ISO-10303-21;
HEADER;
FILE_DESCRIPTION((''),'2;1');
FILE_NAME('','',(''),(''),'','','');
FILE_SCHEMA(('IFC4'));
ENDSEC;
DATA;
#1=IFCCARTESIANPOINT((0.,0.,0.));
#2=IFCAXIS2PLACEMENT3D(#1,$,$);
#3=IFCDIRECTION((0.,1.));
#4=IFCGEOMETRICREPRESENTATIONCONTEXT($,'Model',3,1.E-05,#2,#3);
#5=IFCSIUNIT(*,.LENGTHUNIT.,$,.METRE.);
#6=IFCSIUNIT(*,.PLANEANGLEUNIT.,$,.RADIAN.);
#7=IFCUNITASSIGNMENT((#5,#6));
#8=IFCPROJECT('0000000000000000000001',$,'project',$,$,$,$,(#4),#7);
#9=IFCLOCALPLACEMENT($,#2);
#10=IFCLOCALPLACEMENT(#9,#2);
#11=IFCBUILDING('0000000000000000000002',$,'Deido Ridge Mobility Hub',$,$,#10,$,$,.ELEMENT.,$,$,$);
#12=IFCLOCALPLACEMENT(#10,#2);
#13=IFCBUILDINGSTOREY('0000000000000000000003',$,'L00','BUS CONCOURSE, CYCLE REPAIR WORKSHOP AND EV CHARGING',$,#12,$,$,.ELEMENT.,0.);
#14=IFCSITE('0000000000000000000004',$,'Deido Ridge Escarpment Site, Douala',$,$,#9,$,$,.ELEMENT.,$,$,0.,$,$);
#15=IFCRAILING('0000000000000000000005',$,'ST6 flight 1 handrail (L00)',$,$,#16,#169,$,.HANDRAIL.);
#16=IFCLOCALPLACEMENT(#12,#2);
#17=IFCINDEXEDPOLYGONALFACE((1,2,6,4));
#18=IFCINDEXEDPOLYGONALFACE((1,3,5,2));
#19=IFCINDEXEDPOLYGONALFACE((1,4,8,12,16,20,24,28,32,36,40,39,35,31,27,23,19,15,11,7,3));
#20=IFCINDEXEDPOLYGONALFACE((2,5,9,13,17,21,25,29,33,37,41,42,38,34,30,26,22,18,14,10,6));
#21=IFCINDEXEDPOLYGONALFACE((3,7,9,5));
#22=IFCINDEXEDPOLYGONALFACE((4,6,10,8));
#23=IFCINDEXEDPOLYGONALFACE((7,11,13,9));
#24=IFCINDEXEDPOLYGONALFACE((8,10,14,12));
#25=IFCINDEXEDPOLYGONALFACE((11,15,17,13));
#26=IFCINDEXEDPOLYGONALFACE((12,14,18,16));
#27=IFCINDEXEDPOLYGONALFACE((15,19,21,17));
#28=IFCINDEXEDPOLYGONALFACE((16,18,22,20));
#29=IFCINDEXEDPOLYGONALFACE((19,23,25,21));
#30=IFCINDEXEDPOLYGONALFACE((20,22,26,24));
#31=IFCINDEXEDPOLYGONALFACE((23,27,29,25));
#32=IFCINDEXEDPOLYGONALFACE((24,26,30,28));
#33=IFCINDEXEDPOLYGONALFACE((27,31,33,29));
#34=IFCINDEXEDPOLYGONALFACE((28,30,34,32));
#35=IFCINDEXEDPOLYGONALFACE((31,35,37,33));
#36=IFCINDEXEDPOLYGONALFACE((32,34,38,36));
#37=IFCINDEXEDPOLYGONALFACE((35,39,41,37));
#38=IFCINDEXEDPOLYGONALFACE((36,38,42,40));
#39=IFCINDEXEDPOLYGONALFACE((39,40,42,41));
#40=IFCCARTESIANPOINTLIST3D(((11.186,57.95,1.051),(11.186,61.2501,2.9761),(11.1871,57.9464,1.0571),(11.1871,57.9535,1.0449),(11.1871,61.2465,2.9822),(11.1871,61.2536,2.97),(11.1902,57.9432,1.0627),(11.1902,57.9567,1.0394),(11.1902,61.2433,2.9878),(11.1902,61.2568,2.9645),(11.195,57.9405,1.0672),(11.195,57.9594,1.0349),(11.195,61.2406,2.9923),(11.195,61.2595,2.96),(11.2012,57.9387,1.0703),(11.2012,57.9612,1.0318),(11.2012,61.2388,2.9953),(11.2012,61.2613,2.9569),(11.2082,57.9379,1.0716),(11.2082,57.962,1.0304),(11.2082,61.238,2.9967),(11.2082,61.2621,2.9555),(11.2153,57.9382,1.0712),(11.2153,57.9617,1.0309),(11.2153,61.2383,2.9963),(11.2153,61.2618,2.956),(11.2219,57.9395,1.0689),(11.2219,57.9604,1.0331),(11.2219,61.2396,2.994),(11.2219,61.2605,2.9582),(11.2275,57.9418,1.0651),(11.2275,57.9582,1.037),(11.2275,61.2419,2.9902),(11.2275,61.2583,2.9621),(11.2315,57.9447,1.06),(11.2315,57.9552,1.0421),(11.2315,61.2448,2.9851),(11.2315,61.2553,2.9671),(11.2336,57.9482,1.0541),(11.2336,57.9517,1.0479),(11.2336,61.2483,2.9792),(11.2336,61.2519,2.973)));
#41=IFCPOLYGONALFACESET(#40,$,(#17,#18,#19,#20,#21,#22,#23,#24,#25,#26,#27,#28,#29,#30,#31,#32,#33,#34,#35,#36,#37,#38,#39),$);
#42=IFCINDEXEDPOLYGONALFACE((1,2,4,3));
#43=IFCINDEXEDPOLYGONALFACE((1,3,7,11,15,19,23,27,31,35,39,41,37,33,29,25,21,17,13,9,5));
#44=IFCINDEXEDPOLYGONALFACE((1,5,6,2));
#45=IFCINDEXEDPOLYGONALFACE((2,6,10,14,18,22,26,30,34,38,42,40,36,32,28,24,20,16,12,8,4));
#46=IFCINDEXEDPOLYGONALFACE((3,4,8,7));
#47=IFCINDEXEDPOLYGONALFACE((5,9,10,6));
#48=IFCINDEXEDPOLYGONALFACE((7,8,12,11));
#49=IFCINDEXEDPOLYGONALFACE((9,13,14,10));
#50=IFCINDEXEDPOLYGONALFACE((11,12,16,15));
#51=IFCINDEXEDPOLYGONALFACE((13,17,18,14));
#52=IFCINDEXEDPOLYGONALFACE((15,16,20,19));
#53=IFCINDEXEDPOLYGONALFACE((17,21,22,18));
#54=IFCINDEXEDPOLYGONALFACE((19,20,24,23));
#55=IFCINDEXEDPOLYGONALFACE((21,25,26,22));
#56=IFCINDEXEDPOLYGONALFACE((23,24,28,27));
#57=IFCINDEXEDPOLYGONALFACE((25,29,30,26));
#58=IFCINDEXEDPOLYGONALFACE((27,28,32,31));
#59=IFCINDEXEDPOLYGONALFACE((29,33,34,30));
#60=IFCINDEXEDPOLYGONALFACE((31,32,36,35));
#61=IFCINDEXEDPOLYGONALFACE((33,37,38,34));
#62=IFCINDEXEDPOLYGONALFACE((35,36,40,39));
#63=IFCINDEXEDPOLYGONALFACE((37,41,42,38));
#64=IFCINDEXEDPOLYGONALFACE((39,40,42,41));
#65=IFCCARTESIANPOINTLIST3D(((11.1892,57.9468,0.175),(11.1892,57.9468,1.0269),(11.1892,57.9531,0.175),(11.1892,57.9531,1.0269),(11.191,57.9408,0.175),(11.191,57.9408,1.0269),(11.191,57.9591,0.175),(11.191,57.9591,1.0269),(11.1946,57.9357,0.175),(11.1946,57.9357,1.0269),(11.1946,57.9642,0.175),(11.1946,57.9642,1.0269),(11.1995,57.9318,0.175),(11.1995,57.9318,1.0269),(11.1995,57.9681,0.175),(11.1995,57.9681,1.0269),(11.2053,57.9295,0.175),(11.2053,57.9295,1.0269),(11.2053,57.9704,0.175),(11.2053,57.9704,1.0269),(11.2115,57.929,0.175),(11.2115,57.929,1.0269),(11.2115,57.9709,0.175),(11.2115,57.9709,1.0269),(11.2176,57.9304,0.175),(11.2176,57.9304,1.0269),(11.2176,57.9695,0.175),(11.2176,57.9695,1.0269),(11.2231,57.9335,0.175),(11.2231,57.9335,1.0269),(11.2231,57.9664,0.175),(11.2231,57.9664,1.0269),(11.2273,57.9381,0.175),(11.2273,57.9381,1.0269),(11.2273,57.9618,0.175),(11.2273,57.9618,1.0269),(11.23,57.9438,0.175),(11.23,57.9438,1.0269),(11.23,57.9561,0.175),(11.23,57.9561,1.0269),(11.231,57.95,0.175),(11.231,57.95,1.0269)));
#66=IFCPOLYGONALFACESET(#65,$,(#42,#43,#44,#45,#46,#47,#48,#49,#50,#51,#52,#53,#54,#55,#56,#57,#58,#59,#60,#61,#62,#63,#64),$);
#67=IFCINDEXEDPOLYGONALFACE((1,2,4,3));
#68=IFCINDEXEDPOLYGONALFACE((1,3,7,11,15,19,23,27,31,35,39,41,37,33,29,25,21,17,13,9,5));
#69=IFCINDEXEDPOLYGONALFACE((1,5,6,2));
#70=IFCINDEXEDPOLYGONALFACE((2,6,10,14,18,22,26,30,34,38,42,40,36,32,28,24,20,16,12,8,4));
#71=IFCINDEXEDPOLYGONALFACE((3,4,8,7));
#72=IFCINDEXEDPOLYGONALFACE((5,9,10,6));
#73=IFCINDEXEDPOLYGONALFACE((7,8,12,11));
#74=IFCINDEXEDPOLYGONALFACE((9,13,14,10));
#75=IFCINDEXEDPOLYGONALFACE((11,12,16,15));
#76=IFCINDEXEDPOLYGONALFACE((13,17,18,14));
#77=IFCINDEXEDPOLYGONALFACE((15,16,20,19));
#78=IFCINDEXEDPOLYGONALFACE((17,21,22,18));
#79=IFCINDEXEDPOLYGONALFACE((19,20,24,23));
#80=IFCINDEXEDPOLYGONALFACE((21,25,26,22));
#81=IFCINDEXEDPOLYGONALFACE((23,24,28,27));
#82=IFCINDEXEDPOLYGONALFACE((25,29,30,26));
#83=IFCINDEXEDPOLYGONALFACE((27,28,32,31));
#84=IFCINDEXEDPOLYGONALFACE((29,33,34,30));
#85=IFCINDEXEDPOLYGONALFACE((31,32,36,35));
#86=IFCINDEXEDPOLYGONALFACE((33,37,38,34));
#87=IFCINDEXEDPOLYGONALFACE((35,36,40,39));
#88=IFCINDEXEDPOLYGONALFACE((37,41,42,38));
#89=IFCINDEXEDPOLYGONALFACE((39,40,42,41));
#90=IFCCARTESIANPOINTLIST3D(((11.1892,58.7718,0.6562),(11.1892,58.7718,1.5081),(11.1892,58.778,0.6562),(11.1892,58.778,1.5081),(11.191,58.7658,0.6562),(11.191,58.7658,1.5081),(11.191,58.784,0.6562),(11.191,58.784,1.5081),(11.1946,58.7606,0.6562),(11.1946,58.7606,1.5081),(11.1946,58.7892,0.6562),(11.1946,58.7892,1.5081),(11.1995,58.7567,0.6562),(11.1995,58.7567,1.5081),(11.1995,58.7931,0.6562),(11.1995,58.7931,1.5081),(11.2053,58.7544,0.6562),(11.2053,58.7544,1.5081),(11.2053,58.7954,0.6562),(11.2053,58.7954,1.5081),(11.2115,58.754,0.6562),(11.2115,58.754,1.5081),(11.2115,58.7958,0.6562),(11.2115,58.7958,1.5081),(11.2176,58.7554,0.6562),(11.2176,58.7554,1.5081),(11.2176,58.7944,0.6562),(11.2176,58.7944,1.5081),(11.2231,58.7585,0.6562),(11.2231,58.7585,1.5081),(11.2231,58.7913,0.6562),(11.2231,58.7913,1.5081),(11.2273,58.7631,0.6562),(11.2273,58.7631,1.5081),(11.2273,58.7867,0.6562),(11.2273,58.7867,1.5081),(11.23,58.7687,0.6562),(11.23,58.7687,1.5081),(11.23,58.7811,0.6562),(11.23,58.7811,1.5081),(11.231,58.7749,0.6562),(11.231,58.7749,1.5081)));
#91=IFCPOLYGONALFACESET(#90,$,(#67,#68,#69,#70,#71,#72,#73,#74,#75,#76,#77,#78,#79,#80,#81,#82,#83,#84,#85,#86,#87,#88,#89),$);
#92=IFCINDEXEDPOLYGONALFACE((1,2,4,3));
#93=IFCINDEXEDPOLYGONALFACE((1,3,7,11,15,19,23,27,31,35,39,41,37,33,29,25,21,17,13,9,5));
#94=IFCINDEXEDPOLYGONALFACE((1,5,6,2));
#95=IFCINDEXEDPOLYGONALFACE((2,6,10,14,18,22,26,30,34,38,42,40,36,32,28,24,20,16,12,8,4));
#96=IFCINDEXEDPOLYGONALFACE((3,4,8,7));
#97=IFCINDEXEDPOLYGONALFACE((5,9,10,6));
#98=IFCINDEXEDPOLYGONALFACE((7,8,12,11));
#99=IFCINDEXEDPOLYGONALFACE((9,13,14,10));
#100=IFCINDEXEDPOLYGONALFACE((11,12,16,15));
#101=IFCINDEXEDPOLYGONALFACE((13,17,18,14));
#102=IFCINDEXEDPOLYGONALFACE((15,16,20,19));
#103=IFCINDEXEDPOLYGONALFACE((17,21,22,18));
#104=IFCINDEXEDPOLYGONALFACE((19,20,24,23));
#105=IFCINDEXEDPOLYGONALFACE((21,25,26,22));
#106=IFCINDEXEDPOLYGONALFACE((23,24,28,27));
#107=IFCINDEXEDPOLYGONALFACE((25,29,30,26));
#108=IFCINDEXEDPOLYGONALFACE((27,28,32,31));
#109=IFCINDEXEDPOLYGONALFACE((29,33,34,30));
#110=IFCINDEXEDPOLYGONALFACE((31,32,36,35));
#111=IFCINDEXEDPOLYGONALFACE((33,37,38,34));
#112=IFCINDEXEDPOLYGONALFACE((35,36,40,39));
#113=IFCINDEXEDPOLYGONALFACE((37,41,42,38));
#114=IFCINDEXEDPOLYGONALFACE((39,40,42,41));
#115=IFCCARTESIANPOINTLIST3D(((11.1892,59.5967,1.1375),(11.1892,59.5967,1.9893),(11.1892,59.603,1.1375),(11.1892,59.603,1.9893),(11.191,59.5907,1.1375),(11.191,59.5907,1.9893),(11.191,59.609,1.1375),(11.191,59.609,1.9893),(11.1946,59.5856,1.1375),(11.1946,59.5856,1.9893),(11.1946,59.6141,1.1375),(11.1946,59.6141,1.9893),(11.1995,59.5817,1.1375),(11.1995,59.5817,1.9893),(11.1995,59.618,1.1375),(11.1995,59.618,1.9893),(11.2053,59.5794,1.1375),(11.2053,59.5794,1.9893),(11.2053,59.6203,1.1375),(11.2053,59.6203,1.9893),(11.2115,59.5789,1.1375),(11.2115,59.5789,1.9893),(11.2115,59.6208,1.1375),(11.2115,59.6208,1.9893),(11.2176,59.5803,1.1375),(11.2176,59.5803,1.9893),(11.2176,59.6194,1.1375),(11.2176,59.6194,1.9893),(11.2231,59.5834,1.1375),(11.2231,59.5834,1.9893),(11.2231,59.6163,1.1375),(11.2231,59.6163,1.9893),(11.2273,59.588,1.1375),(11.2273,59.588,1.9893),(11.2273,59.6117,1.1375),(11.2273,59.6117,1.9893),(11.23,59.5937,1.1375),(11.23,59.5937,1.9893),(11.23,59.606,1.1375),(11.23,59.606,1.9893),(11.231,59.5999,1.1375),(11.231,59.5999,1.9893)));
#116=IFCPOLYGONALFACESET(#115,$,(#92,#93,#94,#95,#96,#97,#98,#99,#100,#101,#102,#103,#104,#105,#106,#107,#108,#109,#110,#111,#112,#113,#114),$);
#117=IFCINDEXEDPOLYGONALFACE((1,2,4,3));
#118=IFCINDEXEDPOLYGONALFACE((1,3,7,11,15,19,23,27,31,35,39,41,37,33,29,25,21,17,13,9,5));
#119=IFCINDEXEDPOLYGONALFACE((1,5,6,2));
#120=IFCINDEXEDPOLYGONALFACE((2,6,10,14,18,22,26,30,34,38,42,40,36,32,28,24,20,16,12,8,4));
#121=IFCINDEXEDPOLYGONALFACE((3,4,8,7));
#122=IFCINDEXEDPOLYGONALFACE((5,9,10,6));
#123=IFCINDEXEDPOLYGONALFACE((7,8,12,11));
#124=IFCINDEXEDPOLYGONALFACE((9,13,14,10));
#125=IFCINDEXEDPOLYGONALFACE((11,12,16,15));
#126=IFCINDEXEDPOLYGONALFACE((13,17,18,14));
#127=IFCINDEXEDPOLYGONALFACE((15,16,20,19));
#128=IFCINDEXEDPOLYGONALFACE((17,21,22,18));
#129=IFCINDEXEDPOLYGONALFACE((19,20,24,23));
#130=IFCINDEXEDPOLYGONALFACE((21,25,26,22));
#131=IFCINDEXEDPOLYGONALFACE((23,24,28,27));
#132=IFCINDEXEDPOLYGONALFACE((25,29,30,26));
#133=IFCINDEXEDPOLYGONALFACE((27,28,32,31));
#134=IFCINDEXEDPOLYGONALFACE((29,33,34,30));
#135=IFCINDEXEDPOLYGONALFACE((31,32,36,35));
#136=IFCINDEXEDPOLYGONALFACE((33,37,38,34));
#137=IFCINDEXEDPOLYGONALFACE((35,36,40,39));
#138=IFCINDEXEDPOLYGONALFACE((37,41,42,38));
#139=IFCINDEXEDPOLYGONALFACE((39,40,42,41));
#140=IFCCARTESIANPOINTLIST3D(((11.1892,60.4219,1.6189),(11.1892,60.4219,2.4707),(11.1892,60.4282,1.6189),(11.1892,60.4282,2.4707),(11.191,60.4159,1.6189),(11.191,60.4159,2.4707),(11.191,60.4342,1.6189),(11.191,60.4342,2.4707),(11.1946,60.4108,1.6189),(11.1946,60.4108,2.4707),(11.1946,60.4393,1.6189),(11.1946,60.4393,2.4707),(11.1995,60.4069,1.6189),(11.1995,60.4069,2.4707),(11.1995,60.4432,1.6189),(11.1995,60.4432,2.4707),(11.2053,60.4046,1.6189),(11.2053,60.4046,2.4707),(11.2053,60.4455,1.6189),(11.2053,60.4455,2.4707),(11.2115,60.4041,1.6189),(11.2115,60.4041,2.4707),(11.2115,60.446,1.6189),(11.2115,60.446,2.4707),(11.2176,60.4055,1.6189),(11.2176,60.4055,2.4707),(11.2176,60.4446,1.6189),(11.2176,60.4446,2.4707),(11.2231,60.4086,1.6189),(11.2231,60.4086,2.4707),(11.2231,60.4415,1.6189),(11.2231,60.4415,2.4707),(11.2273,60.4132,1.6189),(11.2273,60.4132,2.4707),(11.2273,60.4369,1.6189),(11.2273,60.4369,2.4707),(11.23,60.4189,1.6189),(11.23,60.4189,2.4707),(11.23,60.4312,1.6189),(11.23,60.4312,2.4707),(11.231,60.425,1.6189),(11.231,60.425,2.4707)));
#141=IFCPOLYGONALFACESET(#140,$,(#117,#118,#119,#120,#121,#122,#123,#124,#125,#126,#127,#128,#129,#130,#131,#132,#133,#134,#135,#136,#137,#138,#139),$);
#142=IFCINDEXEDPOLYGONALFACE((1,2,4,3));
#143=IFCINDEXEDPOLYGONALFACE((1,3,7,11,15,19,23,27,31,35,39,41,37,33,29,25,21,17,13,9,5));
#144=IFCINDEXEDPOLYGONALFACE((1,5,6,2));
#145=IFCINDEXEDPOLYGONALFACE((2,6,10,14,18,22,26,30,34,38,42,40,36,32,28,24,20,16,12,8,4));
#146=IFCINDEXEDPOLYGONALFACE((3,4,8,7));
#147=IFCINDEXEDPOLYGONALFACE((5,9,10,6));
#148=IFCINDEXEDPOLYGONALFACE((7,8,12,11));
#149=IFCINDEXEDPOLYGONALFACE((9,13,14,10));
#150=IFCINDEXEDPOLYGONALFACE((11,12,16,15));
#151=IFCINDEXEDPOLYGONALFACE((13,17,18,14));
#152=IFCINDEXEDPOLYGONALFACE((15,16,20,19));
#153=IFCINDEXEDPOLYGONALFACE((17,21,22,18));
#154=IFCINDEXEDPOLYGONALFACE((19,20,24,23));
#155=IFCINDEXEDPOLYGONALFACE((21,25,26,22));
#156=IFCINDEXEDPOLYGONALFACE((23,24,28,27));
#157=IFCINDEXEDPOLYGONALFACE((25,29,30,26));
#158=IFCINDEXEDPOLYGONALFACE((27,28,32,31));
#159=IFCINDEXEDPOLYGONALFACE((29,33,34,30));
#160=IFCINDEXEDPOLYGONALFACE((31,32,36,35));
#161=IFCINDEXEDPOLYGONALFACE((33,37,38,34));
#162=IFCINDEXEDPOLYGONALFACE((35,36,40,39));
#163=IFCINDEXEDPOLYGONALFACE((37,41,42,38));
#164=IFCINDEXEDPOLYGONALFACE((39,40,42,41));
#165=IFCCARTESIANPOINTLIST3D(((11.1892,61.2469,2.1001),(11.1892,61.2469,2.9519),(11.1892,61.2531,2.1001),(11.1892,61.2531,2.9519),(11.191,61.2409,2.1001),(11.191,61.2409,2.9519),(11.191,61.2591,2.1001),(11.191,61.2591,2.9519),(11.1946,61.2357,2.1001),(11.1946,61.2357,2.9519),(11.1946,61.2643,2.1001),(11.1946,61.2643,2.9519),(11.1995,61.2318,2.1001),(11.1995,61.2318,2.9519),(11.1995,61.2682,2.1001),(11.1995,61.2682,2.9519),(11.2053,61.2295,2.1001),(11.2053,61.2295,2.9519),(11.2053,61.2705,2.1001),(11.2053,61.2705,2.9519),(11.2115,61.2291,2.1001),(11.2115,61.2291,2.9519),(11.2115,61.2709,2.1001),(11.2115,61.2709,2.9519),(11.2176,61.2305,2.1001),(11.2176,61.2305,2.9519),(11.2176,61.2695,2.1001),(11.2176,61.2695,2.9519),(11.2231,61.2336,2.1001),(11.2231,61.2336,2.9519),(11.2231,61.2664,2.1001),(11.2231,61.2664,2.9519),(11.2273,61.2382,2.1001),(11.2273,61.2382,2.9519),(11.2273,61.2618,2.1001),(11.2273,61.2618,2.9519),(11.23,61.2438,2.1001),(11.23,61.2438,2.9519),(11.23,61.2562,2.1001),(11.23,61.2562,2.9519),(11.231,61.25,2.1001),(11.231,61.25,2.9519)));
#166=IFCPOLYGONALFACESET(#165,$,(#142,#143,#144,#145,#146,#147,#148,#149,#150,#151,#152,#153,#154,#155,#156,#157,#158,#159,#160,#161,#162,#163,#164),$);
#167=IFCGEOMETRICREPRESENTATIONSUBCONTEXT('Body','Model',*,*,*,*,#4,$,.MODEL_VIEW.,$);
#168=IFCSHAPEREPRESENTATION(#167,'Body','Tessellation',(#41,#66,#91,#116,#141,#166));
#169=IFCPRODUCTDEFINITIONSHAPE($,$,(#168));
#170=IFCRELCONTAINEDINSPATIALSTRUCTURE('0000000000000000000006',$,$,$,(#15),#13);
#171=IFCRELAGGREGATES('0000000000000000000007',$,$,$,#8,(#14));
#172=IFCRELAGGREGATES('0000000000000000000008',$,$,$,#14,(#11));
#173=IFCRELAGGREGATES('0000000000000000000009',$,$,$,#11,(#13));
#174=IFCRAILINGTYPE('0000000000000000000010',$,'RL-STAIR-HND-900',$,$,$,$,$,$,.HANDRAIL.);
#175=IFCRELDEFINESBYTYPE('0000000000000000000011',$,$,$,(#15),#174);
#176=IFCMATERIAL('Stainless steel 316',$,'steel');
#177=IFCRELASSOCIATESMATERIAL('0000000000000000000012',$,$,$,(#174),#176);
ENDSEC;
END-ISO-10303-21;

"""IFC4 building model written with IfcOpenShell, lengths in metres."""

from ifc_helpers import new_model, si_unit, direction, frame, origin, origin_2d, place, context, subcontext, project, spatial, circle, extrude, material, type_object, element, save


model = new_model("IFC4")

# Units and contexts
model_context = context("Model", 3, precision=1e-05, world=origin(), true_north=direction((0.0, 1.0)))
body_context = subcontext(model_context, "Body", "Model", "MODEL_VIEW")
ifc_project = project(units=[si_unit("LENGTHUNIT", "METRE"), si_unit("PLANEANGLEUNIT", "RADIAN")], contexts=[model_context])

# Site, building, storey
site_placement = place(None, origin())
site = spatial("IfcSite", under=ifc_project, at=site_placement, Name="Deido Ridge Escarpment Site, Douala", CompositionType="ELEMENT", RefElevation=0.0)
building_placement = place(site_placement, origin())
building = spatial("IfcBuilding", under=site, at=building_placement, Name="Deido Ridge Mobility Hub", CompositionType="ELEMENT")
storey_placement = place(building_placement, origin())
storey = spatial("IfcBuildingStorey", under=building, at=storey_placement, Name="L00", Description="BUS CONCOURSE, CYCLE REPAIR WORKSHOP AND EV CHARGING", CompositionType="ELEMENT", Elevation=0.0)

# Shared definitions
ifc_material_1 = material(Name="Stainless steel 316", Category="steel")

# Railing
railing_type_1 = type_object("IfcRailingType", Name="RL-STAIR-HND-900", PredefinedType="HANDRAIL", material=ifc_material_1)
railing_1_placement = place(storey_placement, frame((11.21, 57.95, 0.175)))
element("IfcRailing", 1, at=railing_1_placement, inside=storey, type_object=railing_type_1, Name="ST6 flight 1 handrail (L00)", PredefinedType="HANDRAIL", context=body_context, shape_type="SweptSolid", body=[
    extrude(circle(Radius=0.0239, at=origin_2d()), frame((0.0, 0.0, 0.876), z_axis=(0.0, 0.863777, 0.503875), x_axis=(-1.0, 0.0, 0.0)), (0.0, 0.0, 1.0), 3.8206),
    extrude(circle(Radius=0.021, at=origin_2d()), origin(), (0.0, 0.0, 1.0), 0.8518),
    extrude(circle(Radius=0.021, at=origin_2d()), frame((0.0, 0.825, 0.4812)), (0.0, 0.0, 1.0), 0.8518),
    extrude(circle(Radius=0.021, at=origin_2d()), frame((0.0, 1.6499, 0.9624)), (0.0, 0.0, 1.0), 0.8518),
    extrude(circle(Radius=0.021, at=origin_2d()), frame((0.0, 2.4751, 1.4438)), (0.0, 0.0, 1.0), 0.8518),
    extrude(circle(Radius=0.021, at=origin_2d()), frame((0.0, 3.3, 1.925)), (0.0, 0.0, 1.0), 0.8518),
])

save(model, "model.ifc")
